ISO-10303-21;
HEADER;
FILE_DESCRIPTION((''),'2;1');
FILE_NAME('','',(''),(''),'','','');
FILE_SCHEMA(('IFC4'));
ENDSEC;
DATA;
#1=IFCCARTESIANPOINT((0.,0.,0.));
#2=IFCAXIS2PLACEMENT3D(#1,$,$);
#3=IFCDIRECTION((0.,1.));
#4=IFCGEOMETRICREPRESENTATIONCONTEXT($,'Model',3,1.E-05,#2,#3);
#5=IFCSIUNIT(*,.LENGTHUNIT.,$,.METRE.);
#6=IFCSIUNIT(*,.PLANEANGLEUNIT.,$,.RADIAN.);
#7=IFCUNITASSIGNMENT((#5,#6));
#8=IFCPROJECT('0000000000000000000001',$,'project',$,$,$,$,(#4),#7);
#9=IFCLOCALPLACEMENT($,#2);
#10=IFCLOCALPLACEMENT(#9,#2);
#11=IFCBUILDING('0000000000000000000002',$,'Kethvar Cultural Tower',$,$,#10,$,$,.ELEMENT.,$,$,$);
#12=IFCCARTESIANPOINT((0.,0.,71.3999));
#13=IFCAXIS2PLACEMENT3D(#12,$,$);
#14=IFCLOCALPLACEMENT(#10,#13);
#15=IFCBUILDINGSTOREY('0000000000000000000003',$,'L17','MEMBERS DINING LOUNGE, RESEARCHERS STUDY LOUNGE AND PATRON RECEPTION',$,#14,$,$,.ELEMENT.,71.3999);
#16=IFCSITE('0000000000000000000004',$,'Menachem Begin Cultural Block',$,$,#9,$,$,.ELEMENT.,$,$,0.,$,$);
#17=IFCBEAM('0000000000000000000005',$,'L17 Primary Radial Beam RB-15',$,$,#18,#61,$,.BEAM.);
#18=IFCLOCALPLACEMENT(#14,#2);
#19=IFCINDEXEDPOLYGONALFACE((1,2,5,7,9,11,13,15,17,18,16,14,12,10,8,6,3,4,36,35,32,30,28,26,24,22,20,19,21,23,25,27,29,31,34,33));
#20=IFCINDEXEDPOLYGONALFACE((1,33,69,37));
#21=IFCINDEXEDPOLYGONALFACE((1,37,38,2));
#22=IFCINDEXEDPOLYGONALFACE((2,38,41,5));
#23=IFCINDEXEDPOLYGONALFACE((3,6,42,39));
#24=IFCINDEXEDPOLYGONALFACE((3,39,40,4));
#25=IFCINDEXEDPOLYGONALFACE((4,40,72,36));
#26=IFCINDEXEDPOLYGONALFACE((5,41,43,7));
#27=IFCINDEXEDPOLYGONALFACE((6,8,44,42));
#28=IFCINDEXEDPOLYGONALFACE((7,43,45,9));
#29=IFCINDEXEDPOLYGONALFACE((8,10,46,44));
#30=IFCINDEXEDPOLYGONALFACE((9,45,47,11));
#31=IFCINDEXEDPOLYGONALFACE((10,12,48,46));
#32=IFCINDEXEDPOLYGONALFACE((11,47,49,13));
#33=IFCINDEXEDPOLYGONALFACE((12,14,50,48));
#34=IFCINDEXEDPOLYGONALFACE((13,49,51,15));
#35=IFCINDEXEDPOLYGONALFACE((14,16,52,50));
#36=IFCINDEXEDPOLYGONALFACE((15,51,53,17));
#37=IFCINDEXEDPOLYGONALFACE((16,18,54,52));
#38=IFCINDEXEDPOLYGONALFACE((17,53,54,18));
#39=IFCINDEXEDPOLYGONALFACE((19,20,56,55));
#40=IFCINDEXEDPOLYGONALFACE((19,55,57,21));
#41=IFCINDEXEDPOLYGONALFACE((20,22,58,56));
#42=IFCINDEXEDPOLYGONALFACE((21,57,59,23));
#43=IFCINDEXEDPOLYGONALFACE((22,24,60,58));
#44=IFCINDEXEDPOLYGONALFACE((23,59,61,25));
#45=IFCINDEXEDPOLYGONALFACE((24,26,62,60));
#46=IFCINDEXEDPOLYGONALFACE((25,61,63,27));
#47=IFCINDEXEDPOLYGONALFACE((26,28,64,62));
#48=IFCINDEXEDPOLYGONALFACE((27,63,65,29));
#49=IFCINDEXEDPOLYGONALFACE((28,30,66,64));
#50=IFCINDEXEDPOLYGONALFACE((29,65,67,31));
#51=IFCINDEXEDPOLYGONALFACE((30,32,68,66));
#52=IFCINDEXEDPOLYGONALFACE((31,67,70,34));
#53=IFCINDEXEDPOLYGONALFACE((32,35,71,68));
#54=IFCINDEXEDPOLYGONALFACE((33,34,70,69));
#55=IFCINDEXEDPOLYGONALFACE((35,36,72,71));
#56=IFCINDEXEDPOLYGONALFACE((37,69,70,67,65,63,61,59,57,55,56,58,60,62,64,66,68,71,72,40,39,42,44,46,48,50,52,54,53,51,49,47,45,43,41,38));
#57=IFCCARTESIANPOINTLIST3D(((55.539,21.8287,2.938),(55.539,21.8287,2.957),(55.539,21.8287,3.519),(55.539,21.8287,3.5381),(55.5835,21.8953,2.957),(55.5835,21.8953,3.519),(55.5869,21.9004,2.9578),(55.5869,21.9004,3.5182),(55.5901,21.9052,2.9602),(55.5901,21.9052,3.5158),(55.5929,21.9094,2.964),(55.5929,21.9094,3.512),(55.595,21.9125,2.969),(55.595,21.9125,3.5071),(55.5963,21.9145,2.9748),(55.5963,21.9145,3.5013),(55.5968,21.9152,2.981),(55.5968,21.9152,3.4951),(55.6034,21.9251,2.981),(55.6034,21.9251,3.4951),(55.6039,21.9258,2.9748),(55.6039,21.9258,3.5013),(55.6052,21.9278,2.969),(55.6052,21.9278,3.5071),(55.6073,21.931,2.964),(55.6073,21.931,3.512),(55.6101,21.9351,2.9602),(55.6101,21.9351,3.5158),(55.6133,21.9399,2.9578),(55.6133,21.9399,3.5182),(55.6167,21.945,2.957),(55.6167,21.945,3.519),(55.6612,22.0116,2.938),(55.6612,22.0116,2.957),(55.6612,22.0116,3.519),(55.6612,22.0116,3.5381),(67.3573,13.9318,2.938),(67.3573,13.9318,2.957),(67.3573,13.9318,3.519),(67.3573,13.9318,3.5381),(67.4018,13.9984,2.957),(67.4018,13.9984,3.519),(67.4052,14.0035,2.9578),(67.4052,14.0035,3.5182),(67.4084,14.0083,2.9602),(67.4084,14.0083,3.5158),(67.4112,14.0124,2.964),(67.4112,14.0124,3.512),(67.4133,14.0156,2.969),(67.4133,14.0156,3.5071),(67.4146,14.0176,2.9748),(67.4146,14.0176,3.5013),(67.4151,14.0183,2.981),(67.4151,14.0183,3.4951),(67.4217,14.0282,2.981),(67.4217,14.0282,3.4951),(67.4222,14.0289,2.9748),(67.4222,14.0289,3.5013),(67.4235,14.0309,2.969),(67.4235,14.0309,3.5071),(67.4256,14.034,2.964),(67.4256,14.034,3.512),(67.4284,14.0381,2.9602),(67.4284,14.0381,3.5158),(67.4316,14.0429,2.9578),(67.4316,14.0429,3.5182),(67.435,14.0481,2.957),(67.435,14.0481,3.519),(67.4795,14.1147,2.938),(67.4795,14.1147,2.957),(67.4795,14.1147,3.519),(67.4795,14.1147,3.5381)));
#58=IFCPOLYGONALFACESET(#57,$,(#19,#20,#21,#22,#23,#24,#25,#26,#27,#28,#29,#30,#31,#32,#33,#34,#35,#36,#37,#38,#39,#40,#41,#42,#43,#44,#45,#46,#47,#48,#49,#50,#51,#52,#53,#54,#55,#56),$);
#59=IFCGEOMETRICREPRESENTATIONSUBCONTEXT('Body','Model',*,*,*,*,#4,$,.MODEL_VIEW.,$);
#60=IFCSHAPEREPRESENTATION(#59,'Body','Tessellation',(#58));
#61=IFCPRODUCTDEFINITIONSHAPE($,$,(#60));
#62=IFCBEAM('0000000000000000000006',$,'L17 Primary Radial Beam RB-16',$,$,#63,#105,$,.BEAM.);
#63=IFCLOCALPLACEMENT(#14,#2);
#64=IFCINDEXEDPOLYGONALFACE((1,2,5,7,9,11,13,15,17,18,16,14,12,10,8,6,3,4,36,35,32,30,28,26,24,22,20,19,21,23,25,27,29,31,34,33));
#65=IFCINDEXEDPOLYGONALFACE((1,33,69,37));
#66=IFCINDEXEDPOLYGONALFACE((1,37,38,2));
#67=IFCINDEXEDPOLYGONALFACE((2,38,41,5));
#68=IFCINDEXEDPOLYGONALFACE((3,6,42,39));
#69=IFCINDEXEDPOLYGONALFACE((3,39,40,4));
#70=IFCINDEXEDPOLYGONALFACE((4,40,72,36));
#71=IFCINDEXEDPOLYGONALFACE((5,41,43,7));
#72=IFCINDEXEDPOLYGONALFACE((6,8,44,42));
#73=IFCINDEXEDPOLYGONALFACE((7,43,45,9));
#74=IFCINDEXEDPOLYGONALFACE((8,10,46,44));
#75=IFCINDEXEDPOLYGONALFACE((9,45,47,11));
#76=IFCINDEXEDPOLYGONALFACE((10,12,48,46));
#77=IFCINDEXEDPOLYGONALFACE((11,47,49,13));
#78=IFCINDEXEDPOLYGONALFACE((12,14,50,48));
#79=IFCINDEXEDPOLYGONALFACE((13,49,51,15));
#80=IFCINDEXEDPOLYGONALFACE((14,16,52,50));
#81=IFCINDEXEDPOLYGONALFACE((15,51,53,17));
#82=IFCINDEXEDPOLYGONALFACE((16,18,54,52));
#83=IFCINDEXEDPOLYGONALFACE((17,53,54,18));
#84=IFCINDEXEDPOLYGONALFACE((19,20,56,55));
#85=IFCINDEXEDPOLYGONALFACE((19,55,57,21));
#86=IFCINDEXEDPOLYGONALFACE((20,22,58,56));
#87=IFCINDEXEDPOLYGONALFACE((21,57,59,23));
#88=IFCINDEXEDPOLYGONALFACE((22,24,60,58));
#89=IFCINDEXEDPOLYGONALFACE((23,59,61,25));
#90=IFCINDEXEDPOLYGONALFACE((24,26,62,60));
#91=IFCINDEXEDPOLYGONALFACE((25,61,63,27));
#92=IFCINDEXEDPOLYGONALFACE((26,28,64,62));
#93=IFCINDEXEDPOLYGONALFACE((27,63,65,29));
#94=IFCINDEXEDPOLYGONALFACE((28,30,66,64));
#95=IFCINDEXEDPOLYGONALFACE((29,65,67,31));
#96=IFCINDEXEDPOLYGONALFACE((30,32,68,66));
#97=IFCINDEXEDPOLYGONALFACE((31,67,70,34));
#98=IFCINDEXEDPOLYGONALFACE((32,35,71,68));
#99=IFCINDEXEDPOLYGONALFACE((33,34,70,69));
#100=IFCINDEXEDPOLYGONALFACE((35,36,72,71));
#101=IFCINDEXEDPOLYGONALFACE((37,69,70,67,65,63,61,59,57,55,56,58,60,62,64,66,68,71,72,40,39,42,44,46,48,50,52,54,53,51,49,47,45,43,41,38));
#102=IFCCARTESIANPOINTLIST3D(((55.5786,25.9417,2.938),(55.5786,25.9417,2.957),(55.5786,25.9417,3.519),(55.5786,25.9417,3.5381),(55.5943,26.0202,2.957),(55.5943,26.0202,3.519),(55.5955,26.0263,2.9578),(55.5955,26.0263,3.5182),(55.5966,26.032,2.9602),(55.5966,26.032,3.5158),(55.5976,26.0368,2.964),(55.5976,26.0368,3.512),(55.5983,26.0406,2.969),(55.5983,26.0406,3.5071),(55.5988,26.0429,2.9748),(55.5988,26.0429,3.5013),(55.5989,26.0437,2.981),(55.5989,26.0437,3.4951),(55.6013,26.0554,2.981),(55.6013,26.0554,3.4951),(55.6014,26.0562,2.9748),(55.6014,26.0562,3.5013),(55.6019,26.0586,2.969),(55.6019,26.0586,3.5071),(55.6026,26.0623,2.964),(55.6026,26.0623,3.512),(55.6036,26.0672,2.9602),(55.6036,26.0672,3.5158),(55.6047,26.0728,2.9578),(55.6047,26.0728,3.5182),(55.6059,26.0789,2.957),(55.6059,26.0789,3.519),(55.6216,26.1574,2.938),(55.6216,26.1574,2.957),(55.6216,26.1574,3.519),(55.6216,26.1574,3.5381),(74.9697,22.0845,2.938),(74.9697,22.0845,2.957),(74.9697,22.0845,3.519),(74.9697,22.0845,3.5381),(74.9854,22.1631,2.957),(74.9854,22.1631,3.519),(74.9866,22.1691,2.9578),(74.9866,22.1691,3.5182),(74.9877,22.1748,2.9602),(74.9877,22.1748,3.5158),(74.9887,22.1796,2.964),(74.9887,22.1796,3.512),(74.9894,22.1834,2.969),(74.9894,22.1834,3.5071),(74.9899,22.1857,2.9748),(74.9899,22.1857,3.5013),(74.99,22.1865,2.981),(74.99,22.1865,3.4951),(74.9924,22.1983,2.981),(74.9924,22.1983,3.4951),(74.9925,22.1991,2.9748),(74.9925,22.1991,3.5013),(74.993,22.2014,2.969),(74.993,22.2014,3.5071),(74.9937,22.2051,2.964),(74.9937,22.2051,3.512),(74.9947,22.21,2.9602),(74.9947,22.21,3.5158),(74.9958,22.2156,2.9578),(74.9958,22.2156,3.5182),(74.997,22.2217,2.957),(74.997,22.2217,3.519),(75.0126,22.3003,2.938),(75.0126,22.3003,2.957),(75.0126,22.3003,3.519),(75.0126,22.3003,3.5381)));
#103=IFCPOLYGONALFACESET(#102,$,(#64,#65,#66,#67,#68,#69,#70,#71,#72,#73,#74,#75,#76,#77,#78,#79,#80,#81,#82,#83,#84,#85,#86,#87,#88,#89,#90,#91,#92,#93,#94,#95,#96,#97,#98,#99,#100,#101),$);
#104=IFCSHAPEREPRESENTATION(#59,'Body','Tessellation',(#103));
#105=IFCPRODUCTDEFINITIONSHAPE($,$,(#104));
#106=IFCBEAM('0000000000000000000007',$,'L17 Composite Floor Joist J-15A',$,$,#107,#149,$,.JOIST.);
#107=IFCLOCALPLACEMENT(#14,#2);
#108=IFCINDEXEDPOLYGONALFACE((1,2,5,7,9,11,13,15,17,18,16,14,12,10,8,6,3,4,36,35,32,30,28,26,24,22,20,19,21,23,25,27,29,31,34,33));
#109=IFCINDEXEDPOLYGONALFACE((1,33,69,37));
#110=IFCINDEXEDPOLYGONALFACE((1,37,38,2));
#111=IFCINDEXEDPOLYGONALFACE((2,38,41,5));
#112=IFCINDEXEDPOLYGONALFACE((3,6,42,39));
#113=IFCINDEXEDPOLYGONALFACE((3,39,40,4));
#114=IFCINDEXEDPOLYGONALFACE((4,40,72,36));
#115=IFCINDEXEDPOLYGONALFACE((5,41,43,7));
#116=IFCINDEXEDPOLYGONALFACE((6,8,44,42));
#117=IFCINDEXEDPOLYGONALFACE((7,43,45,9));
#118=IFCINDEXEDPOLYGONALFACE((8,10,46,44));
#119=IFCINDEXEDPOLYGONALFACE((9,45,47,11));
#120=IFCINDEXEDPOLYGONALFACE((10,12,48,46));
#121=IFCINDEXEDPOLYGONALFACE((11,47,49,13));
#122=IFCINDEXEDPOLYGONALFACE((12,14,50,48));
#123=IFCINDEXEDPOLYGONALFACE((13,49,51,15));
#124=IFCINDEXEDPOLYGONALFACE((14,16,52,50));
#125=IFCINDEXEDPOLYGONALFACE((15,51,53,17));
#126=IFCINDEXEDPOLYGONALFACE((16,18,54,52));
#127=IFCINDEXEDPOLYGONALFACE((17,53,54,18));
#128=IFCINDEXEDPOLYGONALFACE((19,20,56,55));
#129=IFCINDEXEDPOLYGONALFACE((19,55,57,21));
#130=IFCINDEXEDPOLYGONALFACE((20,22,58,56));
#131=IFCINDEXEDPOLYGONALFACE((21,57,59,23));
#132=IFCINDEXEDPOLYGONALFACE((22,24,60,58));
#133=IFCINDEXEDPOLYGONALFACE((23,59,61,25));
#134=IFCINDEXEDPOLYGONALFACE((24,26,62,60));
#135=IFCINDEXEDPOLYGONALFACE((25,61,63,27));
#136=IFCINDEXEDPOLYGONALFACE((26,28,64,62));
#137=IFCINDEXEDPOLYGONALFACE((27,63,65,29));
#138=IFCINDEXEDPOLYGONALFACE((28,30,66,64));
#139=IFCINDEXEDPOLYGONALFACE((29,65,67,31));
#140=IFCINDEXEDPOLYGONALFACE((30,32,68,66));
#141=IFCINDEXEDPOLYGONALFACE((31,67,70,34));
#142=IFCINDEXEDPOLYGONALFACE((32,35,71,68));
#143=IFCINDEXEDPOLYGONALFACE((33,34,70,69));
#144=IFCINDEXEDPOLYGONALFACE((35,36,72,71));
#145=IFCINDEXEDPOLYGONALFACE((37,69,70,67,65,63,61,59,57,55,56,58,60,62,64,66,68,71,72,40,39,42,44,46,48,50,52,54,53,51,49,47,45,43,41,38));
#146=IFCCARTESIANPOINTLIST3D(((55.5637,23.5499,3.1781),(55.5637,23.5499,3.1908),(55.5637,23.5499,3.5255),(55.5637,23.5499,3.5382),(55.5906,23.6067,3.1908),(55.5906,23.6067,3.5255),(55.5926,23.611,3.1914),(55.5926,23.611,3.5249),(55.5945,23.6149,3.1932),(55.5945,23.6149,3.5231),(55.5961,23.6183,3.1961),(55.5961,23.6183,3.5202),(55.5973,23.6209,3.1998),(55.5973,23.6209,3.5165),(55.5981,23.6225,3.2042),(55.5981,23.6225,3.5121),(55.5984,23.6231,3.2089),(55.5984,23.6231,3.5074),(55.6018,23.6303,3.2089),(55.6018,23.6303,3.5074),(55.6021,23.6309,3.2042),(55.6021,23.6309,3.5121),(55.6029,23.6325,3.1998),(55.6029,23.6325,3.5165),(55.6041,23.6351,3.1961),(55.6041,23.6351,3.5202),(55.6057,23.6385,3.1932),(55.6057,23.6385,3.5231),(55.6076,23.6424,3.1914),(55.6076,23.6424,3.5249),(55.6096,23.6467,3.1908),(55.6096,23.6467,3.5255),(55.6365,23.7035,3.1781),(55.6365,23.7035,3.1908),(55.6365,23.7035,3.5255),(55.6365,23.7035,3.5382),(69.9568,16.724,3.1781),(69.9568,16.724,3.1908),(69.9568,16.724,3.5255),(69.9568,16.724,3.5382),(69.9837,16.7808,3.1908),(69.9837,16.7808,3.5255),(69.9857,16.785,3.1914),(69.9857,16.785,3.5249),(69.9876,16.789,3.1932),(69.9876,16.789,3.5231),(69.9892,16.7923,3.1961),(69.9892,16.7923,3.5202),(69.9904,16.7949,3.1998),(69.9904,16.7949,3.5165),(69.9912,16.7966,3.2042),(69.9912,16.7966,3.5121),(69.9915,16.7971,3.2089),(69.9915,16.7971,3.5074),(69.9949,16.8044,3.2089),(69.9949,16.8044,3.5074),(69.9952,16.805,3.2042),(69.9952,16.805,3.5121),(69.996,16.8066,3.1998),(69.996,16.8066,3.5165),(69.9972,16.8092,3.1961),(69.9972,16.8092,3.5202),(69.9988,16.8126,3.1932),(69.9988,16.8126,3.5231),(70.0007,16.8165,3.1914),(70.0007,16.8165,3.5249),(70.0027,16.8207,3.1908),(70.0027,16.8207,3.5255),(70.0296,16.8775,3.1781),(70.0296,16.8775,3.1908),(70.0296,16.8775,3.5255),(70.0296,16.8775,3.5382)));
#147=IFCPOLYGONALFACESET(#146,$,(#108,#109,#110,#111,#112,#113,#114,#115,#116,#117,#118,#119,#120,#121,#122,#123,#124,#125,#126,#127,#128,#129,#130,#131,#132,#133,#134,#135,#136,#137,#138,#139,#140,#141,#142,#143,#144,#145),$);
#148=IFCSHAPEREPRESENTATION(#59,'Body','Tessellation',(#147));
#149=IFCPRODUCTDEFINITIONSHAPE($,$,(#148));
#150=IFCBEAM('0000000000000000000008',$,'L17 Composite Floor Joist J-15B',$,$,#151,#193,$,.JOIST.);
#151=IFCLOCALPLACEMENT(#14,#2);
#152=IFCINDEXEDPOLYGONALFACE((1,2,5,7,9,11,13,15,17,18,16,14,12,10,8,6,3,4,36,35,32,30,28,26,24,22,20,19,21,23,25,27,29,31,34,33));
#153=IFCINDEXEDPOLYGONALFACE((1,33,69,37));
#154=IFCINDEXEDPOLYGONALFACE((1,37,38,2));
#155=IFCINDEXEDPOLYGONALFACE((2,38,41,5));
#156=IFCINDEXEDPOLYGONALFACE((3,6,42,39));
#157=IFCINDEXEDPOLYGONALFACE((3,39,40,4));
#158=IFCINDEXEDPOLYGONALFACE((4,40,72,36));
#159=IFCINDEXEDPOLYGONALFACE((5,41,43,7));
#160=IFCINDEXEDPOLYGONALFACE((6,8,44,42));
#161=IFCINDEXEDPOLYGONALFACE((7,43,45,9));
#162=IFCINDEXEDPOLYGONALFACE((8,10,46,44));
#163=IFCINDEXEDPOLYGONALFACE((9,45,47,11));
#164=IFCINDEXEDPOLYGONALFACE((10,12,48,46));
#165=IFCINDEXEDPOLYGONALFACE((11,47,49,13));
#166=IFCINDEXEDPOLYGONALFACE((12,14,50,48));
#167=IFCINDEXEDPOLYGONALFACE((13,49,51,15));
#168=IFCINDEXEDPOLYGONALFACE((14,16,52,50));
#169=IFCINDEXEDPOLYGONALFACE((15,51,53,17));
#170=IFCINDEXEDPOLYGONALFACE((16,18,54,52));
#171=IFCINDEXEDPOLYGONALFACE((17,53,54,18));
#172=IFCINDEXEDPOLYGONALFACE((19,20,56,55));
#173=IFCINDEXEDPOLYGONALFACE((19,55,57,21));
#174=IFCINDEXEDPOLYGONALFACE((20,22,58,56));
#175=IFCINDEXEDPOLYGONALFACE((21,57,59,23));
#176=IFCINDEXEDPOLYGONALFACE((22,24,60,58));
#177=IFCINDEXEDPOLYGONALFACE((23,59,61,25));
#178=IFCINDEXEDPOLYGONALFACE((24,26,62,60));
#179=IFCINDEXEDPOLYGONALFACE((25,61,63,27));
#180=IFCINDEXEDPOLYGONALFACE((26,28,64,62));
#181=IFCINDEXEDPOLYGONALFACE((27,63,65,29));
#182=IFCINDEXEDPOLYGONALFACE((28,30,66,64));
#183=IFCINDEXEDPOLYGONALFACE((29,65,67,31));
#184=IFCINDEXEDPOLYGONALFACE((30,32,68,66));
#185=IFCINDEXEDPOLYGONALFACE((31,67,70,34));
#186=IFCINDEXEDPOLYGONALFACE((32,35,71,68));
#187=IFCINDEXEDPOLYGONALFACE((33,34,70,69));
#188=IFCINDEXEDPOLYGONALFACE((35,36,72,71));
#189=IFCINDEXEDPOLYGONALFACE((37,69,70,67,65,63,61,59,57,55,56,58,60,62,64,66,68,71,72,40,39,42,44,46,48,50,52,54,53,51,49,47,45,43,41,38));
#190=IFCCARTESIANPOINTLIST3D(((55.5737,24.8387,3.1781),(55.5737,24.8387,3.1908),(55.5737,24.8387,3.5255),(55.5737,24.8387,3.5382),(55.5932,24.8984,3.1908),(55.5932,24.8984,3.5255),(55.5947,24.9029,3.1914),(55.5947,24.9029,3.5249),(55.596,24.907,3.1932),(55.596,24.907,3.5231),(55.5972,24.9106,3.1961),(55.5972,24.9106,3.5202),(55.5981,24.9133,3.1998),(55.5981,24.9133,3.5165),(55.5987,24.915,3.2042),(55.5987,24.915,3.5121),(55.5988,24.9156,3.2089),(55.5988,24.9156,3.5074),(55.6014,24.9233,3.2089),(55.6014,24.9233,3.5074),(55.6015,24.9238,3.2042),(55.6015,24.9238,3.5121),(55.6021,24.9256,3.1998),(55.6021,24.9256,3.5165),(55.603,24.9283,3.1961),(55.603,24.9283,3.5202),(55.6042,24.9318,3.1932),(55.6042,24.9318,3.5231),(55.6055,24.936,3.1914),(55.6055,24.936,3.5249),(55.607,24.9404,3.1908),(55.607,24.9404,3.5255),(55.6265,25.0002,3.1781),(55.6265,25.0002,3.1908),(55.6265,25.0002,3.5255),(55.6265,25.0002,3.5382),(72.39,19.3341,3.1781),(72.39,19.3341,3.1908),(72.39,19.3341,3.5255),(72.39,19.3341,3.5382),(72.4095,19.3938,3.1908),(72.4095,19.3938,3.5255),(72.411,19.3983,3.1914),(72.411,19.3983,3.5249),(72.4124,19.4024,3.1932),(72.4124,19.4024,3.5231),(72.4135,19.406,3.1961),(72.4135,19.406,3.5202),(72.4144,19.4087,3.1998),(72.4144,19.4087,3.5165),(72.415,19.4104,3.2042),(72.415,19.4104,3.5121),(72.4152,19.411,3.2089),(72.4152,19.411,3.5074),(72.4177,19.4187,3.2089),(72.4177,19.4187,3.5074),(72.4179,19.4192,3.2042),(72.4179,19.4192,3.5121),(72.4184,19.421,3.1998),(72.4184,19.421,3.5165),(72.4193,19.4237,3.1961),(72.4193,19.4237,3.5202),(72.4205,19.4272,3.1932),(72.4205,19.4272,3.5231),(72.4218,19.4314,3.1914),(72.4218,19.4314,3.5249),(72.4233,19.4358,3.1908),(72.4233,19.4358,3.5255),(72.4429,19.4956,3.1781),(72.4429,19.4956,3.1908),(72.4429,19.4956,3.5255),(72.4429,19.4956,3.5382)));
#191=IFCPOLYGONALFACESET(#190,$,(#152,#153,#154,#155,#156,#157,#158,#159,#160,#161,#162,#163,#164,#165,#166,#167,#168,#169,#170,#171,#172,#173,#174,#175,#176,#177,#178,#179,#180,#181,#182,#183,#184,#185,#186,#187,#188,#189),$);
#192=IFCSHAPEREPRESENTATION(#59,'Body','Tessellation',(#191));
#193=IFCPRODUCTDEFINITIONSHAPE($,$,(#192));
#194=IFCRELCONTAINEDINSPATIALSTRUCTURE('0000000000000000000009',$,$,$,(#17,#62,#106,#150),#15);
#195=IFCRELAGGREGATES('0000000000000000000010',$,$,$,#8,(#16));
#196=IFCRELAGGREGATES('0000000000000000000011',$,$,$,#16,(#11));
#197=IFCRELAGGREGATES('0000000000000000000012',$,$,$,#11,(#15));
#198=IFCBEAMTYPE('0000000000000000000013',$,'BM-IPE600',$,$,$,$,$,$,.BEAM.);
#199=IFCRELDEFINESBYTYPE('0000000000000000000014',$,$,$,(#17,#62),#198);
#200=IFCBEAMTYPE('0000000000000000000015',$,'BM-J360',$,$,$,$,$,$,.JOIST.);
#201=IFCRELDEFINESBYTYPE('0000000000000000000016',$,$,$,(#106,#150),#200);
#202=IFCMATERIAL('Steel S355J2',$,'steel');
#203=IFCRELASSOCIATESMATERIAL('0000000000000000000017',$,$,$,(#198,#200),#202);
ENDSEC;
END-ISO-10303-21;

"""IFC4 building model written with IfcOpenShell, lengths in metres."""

from ifc_helpers import new_model, si_unit, direction, frame, origin, origin_2d, place, context, subcontext, project, spatial, i_section, extrude, source, transform, mapped, material, material_profile, profile_set, type_object, element, save


model = new_model("IFC4")

# Units and contexts
model_context = context("Model", 3, precision=1e-05, world=origin(), true_north=direction((0.0, 1.0)))
body_context = subcontext(model_context, "Body", "Model", "MODEL_VIEW")
ifc_project = project(units=[si_unit("LENGTHUNIT", "METRE"), si_unit("PLANEANGLEUNIT", "RADIAN")], contexts=[model_context])

# Site, building, storey
site_placement = place(None, origin())
site = spatial("IfcSite", under=ifc_project, at=site_placement, Name="Menachem Begin Cultural Block", CompositionType="ELEMENT", RefElevation=0.0)
building_placement = place(site_placement, origin())
building = spatial("IfcBuilding", under=site, at=building_placement, Name="Kethvar Cultural Tower", CompositionType="ELEMENT")
storey_placement = place(building_placement, frame((0.0, 0.0, 71.3999)))
storey = spatial("IfcBuildingStorey", under=building, at=storey_placement, Name="L17", Description="MEMBERS DINING LOUNGE, RESEARCHERS STUDY LOUNGE AND PATRON RECEPTION", CompositionType="ELEMENT", Elevation=71.3999)

# Beams
ifc_material_1 = material(Name="Steel S355J2", Category="steel")
ifc_material_profile_1 = material_profile(ifc_material_1, i_section(OverallWidth=0.22, OverallDepth=0.6001, WebThickness=0.012, FlangeThickness=0.019, FilletRadius=0.0239, at=origin_2d()), Name="Steel S355J2 — IPE600")
ifc_profile_set_1 = profile_set([ifc_material_profile_1], Name="Steel S355J2 — IPE600")
beam_type_1 = type_object("IfcBeamType", Name="BM-IPE600", PredefinedType="BEAM", material=ifc_profile_set_1)
shared_shape_1 = source(origin(), body_context, "Body", "SweptSolid", [
    extrude(i_section(OverallWidth=0.22, OverallDepth=0.6001, WebThickness=0.012, FlangeThickness=0.019, FilletRadius=0.0239, at=origin_2d()), origin(), (0.0, 0.0, 1.0), 14.2139),
])
beam_1_placement = place(storey_placement, frame((55.6001, 21.9202, 3.238), z_axis=(0.831463, -0.55558, 0.0), x_axis=(0.55558, 0.831463, 0.0)))
element("IfcBeam", 1, at=beam_1_placement, inside=storey, type_object=beam_type_1, Name="L17 Primary Radial Beam RB-15", PredefinedType="BEAM", context=body_context, shape_type="MappedRepresentation", body=[
    mapped(shared_shape_1, transform((0.0, 0.0, 0.0), scale=1.0)),
])
shared_shape_2 = source(origin(), body_context, "Body", "SweptSolid", [
    extrude(i_section(OverallWidth=0.22, OverallDepth=0.6001, WebThickness=0.012, FlangeThickness=0.019, FilletRadius=0.0239, at=origin_2d()), origin(), (0.0, 0.0, 1.0), 19.771),
])
beam_2_placement = place(storey_placement, frame((55.6001, 26.0496, 3.238), z_axis=(0.980785, -0.195093, 0.0), x_axis=(0.195093, 0.980785, 0.0)))
element("IfcBeam", 2, at=beam_2_placement, inside=storey, type_object=beam_type_1, Name="L17 Primary Radial Beam RB-16", PredefinedType="BEAM", context=body_context, shape_type="MappedRepresentation", body=[
    mapped(shared_shape_2, transform((0.0, 0.0, 0.0), scale=1.0)),
])
ifc_material_profile_2 = material_profile(ifc_material_1, i_section(OverallWidth=0.1699, OverallDepth=0.3601, WebThickness=0.0081, FlangeThickness=0.0127, FilletRadius=0.0181, at=origin_2d()), Name="Steel S355J2 — IPE360")
ifc_profile_set_2 = profile_set([ifc_material_profile_2], Name="Steel S355J2 — IPE360")
beam_type_2 = type_object("IfcBeamType", Name="BM-J360", PredefinedType="JOIST", material=ifc_profile_set_2)
shared_shape_3 = source(origin(), body_context, "Body", "SweptSolid", [
    extrude(i_section(OverallWidth=0.1699, OverallDepth=0.3601, WebThickness=0.0081, FlangeThickness=0.0127, FilletRadius=0.0181, at=origin_2d()), origin(), (0.0, 0.0, 1.0), 15.9297),
])
beam_3_placement = place(storey_placement, frame((55.6001, 23.6267, 3.3582), z_axis=(0.90354, -0.428505, 0.0), x_axis=(0.428505, 0.90354, 0.0)))
element("IfcBeam", 3, at=beam_3_placement, inside=storey, type_object=beam_type_2, Name="L17 Composite Floor Joist J-15A", PredefinedType="JOIST", context=body_context, shape_type="MappedRepresentation", body=[
    mapped(shared_shape_3, transform((0.0, 0.0, 0.0), scale=1.0)),
])
shared_shape_4 = source(origin(), body_context, "Body", "SweptSolid", [
    extrude(i_section(OverallWidth=0.1699, OverallDepth=0.3601, WebThickness=0.0081, FlangeThickness=0.0127, FilletRadius=0.0181, at=origin_2d()), origin(), (0.0, 0.0, 1.0), 17.6943),
])
beam_4_placement = place(storey_placement, frame((55.6001, 24.9194, 3.3582), z_axis=(0.950379, -0.311095, 0.0), x_axis=(0.311095, 0.950379, 0.0)))
element("IfcBeam", 4, at=beam_4_placement, inside=storey, type_object=beam_type_2, Name="L17 Composite Floor Joist J-15B", PredefinedType="JOIST", context=body_context, shape_type="MappedRepresentation", body=[
    mapped(shared_shape_4, transform((0.0, 0.0, 0.0), scale=1.0)),
])

save(model, "model.ifc")
